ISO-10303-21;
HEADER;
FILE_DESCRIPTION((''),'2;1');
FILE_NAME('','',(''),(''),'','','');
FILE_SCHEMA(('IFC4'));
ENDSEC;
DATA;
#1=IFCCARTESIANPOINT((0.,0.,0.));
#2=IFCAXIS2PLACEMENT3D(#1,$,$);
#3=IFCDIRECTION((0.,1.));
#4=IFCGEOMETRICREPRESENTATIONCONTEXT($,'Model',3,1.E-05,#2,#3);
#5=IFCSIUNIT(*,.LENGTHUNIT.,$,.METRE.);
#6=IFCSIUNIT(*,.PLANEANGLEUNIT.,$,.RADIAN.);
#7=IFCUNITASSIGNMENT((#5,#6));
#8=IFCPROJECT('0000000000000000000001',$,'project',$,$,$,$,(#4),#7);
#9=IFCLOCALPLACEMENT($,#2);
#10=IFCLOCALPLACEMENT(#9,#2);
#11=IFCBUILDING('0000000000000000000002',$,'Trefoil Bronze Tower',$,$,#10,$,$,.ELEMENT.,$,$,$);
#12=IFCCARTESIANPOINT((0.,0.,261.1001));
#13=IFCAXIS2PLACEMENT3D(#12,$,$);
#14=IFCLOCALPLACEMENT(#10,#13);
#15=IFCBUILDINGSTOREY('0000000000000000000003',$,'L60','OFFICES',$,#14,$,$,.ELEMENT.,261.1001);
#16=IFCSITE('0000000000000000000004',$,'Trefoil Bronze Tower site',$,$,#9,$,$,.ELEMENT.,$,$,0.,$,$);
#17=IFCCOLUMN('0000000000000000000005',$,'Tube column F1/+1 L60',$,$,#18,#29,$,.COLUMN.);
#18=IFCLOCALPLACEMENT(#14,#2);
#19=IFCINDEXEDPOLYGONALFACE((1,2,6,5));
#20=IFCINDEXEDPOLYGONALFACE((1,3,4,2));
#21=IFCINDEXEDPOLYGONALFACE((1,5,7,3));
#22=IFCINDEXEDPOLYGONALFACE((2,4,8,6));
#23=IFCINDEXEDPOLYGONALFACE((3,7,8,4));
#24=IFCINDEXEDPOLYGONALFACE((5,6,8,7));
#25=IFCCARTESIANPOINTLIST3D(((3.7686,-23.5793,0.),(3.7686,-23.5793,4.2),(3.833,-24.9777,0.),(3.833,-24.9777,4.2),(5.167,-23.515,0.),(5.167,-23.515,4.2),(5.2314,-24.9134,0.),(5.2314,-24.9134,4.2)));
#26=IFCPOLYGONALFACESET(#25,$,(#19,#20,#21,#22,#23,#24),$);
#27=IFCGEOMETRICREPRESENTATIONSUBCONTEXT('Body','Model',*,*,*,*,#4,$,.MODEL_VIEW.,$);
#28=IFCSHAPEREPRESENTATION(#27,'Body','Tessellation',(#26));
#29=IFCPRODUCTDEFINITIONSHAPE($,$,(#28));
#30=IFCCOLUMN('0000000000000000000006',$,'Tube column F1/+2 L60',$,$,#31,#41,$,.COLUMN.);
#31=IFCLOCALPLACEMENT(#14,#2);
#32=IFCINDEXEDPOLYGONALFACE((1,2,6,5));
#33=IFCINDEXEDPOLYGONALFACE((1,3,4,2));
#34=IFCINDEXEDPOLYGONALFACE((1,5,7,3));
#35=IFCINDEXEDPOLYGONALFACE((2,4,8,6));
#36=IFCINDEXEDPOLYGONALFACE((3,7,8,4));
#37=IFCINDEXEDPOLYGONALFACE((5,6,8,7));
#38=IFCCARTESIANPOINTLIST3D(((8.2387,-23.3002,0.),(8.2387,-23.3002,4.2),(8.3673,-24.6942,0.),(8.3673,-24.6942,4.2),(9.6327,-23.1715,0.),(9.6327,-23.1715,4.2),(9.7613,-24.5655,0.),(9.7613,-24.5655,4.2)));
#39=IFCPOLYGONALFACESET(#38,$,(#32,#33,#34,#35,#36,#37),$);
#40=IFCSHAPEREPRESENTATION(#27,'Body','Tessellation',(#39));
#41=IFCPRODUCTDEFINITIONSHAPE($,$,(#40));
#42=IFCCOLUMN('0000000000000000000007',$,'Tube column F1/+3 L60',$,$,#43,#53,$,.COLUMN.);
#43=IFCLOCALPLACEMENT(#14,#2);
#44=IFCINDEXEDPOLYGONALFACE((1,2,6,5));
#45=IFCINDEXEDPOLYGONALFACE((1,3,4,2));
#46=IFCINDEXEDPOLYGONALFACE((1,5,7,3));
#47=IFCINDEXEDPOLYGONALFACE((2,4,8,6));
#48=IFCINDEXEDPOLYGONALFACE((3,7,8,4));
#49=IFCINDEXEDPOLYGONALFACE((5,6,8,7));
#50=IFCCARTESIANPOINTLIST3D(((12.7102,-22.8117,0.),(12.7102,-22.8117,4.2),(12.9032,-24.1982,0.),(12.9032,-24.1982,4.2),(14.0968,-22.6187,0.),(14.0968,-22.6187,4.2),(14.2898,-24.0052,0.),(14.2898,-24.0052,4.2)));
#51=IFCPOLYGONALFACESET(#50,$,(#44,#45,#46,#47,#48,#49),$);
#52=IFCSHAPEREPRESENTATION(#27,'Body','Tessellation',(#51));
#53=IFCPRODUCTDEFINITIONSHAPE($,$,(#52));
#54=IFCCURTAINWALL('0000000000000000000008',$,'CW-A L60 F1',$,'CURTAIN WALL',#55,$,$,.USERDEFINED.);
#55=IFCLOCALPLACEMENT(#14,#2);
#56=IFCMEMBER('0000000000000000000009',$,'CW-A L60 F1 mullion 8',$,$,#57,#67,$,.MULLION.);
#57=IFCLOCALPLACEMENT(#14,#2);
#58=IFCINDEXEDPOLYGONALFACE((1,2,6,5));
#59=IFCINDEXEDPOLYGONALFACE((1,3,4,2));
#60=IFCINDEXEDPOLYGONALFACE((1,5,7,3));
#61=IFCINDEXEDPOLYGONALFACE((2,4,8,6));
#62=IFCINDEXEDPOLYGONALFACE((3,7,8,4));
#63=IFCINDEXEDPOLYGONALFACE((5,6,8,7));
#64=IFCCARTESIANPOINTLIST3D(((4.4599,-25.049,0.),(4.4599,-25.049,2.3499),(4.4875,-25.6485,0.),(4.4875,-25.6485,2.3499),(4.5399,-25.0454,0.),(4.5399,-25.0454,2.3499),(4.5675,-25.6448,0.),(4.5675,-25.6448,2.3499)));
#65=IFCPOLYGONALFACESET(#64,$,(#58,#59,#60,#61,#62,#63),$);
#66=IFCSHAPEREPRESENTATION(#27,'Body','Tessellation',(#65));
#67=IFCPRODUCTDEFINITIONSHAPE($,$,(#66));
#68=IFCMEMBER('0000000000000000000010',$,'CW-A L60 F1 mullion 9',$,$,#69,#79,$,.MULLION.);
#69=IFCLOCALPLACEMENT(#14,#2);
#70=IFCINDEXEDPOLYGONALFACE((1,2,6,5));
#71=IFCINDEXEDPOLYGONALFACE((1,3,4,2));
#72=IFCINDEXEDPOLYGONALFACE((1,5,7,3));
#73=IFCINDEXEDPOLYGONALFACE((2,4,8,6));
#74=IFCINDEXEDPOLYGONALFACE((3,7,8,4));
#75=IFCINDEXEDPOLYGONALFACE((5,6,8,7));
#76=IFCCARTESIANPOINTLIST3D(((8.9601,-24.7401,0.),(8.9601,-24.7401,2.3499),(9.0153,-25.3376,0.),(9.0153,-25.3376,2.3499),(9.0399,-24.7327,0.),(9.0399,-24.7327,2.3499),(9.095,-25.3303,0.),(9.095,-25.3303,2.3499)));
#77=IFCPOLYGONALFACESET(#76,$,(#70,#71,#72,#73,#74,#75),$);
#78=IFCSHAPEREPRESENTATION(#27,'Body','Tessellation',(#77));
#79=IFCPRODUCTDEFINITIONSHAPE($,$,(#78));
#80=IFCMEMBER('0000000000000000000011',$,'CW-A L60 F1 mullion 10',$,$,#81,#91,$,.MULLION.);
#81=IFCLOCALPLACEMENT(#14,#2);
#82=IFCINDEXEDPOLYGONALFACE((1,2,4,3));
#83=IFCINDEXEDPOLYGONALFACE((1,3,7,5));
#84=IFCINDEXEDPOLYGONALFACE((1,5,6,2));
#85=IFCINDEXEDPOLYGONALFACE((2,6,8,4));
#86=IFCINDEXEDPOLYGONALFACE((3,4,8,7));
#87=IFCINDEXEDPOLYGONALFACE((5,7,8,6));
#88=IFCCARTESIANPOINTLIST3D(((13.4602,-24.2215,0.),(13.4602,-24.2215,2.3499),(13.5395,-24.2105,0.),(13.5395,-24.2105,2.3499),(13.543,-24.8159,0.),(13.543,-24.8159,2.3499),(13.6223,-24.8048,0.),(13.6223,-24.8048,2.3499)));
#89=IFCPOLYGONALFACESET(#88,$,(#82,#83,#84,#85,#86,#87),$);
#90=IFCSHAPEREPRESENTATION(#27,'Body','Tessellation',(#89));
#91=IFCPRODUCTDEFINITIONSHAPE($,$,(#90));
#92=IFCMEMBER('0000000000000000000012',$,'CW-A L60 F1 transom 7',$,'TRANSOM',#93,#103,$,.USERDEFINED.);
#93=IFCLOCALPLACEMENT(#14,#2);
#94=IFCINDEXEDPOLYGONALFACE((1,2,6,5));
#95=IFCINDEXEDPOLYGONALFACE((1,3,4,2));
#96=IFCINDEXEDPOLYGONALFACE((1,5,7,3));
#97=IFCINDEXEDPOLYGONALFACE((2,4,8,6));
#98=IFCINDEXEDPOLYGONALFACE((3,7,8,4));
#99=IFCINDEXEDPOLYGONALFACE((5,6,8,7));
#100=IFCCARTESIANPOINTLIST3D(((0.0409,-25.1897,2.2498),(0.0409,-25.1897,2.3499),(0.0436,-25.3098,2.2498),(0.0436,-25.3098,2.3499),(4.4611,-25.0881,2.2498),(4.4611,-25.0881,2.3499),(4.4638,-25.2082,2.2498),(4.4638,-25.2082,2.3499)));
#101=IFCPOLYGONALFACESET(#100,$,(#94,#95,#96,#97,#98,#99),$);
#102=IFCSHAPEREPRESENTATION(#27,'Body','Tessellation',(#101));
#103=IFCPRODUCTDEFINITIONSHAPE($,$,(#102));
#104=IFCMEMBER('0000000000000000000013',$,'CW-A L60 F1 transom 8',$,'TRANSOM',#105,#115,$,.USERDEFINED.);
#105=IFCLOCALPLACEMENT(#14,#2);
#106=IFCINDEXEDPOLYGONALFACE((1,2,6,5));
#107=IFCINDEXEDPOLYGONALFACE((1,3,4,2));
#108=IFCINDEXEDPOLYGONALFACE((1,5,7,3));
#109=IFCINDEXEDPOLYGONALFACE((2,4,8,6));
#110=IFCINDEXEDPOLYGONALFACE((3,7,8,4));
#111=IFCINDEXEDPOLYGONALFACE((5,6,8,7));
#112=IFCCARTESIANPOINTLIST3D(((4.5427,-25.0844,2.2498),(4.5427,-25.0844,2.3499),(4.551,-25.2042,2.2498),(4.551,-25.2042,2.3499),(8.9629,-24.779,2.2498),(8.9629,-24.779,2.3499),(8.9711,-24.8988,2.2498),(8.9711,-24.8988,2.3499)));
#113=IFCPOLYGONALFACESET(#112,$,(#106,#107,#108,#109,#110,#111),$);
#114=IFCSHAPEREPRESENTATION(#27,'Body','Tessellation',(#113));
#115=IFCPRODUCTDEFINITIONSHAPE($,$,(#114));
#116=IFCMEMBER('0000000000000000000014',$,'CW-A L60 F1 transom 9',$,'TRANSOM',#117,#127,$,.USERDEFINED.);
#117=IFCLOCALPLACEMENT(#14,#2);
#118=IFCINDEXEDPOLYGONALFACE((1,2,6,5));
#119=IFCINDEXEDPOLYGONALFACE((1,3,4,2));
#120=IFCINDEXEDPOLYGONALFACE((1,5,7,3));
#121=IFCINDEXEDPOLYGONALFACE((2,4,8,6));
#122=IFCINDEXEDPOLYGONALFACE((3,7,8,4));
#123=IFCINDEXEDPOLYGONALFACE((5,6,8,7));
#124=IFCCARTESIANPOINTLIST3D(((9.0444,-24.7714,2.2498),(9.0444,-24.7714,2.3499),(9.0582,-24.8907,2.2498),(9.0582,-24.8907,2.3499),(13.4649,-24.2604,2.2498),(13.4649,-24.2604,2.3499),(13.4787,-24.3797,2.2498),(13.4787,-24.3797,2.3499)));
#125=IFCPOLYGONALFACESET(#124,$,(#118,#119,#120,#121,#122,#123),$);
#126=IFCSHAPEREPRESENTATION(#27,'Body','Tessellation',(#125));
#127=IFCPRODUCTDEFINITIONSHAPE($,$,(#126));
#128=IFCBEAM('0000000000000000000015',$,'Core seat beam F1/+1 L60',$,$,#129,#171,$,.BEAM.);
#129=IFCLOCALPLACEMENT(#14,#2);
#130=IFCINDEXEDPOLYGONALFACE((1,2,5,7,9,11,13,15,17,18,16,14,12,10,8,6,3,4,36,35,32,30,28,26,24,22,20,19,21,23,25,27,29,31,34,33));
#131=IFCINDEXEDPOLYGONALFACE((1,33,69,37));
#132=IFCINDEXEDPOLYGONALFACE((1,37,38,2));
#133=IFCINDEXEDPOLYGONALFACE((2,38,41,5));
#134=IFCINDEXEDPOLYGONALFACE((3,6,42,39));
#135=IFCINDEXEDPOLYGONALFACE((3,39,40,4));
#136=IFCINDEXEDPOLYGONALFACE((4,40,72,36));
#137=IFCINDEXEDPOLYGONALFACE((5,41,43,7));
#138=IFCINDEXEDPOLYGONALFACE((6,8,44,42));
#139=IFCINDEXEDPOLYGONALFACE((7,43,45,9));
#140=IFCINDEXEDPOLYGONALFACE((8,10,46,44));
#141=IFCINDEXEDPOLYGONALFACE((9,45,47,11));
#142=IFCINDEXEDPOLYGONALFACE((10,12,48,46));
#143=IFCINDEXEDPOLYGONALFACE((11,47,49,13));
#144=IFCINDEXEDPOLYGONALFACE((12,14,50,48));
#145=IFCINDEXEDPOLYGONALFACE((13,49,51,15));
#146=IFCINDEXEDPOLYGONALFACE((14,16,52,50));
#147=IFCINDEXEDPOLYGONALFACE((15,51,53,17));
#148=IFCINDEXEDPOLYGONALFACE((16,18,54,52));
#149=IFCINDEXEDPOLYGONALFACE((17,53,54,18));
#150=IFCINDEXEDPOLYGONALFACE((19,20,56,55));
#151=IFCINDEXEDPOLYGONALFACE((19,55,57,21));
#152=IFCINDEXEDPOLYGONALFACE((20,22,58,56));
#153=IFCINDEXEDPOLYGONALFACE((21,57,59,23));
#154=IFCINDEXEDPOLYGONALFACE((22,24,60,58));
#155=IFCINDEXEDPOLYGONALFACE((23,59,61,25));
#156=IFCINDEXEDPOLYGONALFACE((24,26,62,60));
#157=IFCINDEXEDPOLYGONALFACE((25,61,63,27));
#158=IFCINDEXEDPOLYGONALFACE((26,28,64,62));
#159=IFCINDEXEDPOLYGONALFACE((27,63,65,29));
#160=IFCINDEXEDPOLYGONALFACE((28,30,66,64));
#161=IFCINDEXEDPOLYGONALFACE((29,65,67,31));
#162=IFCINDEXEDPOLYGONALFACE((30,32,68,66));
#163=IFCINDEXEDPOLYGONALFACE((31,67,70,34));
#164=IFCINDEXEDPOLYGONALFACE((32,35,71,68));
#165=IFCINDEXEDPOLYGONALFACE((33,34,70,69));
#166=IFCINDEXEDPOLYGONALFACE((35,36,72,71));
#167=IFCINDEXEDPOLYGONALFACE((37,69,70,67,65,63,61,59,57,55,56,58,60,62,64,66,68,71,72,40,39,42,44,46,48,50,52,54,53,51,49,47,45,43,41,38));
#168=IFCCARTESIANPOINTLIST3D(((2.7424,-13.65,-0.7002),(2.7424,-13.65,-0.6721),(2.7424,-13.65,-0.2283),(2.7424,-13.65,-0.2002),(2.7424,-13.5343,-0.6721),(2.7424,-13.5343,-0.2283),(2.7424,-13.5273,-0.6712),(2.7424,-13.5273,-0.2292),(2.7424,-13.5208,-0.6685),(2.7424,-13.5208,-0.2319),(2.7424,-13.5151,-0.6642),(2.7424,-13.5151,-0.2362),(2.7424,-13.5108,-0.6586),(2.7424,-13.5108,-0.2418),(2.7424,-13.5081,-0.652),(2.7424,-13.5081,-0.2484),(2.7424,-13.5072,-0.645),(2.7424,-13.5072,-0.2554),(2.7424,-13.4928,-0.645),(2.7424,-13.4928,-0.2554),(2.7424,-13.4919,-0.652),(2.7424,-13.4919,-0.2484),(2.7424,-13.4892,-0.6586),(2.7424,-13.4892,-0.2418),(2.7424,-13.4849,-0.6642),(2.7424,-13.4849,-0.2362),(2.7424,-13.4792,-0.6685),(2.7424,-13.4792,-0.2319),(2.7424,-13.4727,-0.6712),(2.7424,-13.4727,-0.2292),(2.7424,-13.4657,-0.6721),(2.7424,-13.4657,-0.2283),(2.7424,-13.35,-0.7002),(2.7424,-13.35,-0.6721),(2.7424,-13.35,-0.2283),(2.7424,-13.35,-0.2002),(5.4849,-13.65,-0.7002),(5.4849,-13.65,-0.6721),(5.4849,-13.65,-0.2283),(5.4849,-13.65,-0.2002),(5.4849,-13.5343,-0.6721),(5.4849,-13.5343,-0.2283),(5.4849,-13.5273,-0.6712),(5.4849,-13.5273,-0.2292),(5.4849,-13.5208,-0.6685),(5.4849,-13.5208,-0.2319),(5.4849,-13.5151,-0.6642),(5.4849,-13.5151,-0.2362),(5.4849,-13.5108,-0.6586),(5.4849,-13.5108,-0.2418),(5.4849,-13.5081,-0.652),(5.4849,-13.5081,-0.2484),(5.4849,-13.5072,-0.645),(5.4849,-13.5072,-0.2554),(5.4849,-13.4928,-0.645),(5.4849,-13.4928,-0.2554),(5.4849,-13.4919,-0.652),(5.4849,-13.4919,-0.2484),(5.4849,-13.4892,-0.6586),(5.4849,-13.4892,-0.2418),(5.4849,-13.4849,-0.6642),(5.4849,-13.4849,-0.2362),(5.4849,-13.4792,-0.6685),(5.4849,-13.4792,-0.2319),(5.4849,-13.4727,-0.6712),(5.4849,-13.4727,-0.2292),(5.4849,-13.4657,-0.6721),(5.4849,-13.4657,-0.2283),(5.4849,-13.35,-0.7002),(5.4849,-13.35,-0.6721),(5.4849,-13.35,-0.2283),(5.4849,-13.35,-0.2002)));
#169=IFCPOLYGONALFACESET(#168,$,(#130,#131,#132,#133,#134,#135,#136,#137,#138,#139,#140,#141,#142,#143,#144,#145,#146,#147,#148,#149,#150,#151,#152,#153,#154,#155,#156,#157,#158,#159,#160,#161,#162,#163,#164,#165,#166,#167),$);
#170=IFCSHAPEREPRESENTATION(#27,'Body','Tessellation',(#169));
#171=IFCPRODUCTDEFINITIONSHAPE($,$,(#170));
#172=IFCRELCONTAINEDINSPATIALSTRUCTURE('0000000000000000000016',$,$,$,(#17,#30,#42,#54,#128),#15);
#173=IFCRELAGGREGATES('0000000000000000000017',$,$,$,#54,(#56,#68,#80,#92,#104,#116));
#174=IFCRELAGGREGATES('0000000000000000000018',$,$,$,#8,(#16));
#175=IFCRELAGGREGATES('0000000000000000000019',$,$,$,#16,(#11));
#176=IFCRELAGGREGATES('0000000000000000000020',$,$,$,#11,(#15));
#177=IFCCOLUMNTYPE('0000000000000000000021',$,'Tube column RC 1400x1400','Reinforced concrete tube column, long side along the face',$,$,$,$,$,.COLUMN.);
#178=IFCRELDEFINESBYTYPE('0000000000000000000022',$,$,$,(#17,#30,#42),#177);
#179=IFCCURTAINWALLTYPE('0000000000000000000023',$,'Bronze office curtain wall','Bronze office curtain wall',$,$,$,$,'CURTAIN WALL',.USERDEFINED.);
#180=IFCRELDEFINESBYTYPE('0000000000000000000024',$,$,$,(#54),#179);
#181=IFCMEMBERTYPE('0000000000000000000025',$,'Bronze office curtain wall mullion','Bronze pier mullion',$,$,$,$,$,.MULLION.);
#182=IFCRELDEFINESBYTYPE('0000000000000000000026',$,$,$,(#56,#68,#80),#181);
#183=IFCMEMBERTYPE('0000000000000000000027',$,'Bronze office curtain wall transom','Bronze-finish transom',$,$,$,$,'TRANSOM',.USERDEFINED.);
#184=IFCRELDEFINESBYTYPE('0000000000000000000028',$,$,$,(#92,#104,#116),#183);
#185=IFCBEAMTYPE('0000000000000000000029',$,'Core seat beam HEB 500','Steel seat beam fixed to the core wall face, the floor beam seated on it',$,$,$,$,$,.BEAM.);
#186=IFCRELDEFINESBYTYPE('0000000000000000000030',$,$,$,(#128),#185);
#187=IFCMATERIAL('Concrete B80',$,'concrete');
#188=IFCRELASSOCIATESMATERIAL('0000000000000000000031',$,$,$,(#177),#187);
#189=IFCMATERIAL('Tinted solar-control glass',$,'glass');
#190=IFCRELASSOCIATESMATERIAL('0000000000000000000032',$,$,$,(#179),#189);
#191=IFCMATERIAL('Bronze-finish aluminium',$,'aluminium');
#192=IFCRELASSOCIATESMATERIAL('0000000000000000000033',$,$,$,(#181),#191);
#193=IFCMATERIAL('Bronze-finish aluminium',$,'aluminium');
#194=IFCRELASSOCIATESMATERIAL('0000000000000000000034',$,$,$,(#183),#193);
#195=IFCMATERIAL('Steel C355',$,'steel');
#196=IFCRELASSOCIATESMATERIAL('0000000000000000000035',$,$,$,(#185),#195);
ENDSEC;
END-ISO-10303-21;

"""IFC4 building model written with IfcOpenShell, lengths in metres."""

from ifc_helpers import new_model, si_unit, direction, frame, origin, origin_2d, place, context, subcontext, project, spatial, rectangle, i_section, extrude, material, material_profile, profile_set, type_object, element, aggregate, save


model = new_model("IFC4")

# Units and contexts
model_context = context("Model", 3, precision=1e-05, world=origin(), true_north=direction((0.0, 1.0)))
body_context = subcontext(model_context, "Body", "Model", "MODEL_VIEW")
ifc_project = project(units=[si_unit("LENGTHUNIT", "METRE"), si_unit("PLANEANGLEUNIT", "RADIAN")], contexts=[model_context])

# Site, building, storey
site_placement = place(None, origin())
site = spatial("IfcSite", under=ifc_project, at=site_placement, Name="Trefoil Bronze Tower site", CompositionType="ELEMENT", RefElevation=0.0)
building_placement = place(site_placement, origin())
building = spatial("IfcBuilding", under=site, at=building_placement, Name="Trefoil Bronze Tower", CompositionType="ELEMENT")
storey_placement = place(building_placement, frame((0.0, 0.0, 261.1001)))
storey = spatial("IfcBuildingStorey", under=building, at=storey_placement, Name="L60", Description="OFFICES", CompositionType="ELEMENT", Elevation=261.1001)

# Columns
ifc_material_1 = material(Name="Concrete B80", Category="concrete")
ifc_material_profile_1 = material_profile(ifc_material_1, rectangle(XDim=1.3999, YDim=1.3999, at=origin_2d()), Name="RC 1400x1400")
ifc_profile_set_1 = profile_set([ifc_material_profile_1], Name="Concrete B80")
column_type = type_object("IfcColumnType", Name="Tube column RC 1400x1400", Description="Reinforced concrete tube column, long side along the face", PredefinedType="COLUMN", material=ifc_profile_set_1)
for number, where, z_axis, x_axis, name in (
    (1, (4.5, -24.2463, 0.0), (0.0, 0.0, 1.0), (0.998943, 0.045956, 0.0), "Tube column F1/+1 L60"),
    (2, (9.0, -23.9329, 0.0), (0.0, 0.0, 1.0), (0.995767, 0.091911, 0.0), "Tube column F1/+2 L60"),
    (3, (13.5, -23.4084, 0.0), (0.0, 0.0, 1.0), (0.990451, 0.137868, 0.0), "Tube column F1/+3 L60"),
):
    element("IfcColumn", number, at=place(storey_placement, frame(where, z_axis=z_axis, x_axis=x_axis)), inside=storey, type_object=column_type, Name=name, PredefinedType="COLUMN", context=body_context, shape_type="SweptSolid", body=[
        extrude(rectangle(XDim=1.3999, YDim=1.3999, at=origin_2d()), origin(), (0.0, 0.0, 1.0), 4.2),
    ])

# Curtain wall, members
ifc_material_2 = material(Name="Tinted solar-control glass", Category="glass")
curtain_wall_type = type_object("IfcCurtainWallType", Name="Bronze office curtain wall", Description="Bronze office curtain wall", ElementType="CURTAIN WALL", PredefinedType="USERDEFINED", material=ifc_material_2)
curtain_wall_placement = place(storey_placement, origin())
curtain_wall = element("IfcCurtainWall", 4, at=curtain_wall_placement, inside=storey, type_object=curtain_wall_type, Name="CW-A L60 F1", ObjectType="CURTAIN WALL", PredefinedType="USERDEFINED")
ifc_material_3 = material(Name="Bronze-finish aluminium", Category="aluminium")
ifc_material_profile_2 = material_profile(ifc_material_3, rectangle(XDim=0.6001, YDim=0.0801, at=origin_2d()), Name="CW-A mullion")
ifc_profile_set_2 = profile_set([ifc_material_profile_2], Name="Bronze-finish aluminium")
member_type_1 = type_object("IfcMemberType", Name="Bronze office curtain wall mullion", Description="Bronze pier mullion", PredefinedType="MULLION", material=ifc_profile_set_2)
member_1_placement = place(storey_placement, frame((4.5137, -25.3469, 0.0), z_axis=(0.0, 0.0, 1.0), x_axis=(-0.045956, 0.998943, 0.0)))
member_1 = element("IfcMember", 5, at=member_1_placement, type_object=member_type_1, Name="CW-A L60 F1 mullion 8", PredefinedType="MULLION", context=body_context, shape_type="SweptSolid", body=[
    extrude(rectangle(XDim=0.6001, YDim=0.0801, at=origin_2d()), origin(), (0.0, 0.0, 1.0), 2.3499),
])
member_2_placement = place(storey_placement, frame((9.0276, -25.0352, 0.0), z_axis=(0.0, 0.0, 1.0), x_axis=(-0.091911, 0.995767, 0.0)))
member_2 = element("IfcMember", 6, at=member_2_placement, type_object=member_type_1, Name="CW-A L60 F1 mullion 9", PredefinedType="MULLION", context=body_context, shape_type="SweptSolid", body=[
    extrude(rectangle(XDim=0.6001, YDim=0.0801, at=origin_2d()), origin(), (0.0, 0.0, 1.0), 2.3499),
])
member_3_placement = place(storey_placement, frame((13.5413, -24.5132, 0.0), z_axis=(0.0, 0.0, 1.0), x_axis=(-0.137868, 0.990451, 0.0)))
member_3 = element("IfcMember", 7, at=member_3_placement, type_object=member_type_1, Name="CW-A L60 F1 mullion 10", PredefinedType="MULLION", context=body_context, shape_type="SweptSolid", body=[
    extrude(rectangle(XDim=0.6001, YDim=0.0801, at=origin_2d()), origin(), (0.0, 0.0, 1.0), 2.3499),
])
ifc_material_4 = material(Name="Bronze-finish aluminium", Category="aluminium")
ifc_material_profile_3 = material_profile(ifc_material_4, rectangle(XDim=0.1201, YDim=0.1001, at=origin_2d()), Name="CW-A transom")
ifc_profile_set_3 = profile_set([ifc_material_profile_3], Name="Bronze-finish aluminium")
member_type_2 = type_object("IfcMemberType", Name="Bronze office curtain wall transom", Description="Bronze-finish transom", ElementType="TRANSOM", PredefinedType="USERDEFINED", material=ifc_profile_set_3)
member_4_placement = place(storey_placement, frame((0.0422, -25.2498, 2.2998), z_axis=(0.999736, 0.022971, 0.0), x_axis=(-0.022971, 0.999736, 0.0)))
member_4 = element("IfcMember", 8, at=member_4_placement, type_object=member_type_2, Name="CW-A L60 F1 transom 7", ObjectType="TRANSOM", PredefinedType="USERDEFINED", context=body_context, shape_type="SweptSolid", body=[
    extrude(rectangle(XDim=0.1201, YDim=0.1001, at=origin_2d()), origin(), (0.0, 0.0, 1.0), 4.4214),
])
member_5_placement = place(storey_placement, frame((4.5469, -25.1443, 2.2998), z_axis=(0.997621, 0.068933, 0.0), x_axis=(-0.068933, 0.997621, 0.0)))
member_5 = element("IfcMember", 9, at=member_5_placement, type_object=member_type_2, Name="CW-A L60 F1 transom 8", ObjectType="TRANSOM", PredefinedType="USERDEFINED", context=body_context, shape_type="SweptSolid", body=[
    extrude(rectangle(XDim=0.1201, YDim=0.1001, at=origin_2d()), origin(), (0.0, 0.0, 1.0), 4.4307),
])
member_6_placement = place(storey_placement, frame((9.0513, -24.8311, 2.2998), z_axis=(0.993385, 0.114832, 0.0), x_axis=(-0.114832, 0.993385, 0.0)))
member_6 = element("IfcMember", 10, at=member_6_placement, type_object=member_type_2, Name="CW-A L60 F1 transom 9", ObjectType="TRANSOM", PredefinedType="USERDEFINED", context=body_context, shape_type="SweptSolid", body=[
    extrude(rectangle(XDim=0.1201, YDim=0.1001, at=origin_2d()), origin(), (0.0, 0.0, 1.0), 4.45),
])

# Beam
ifc_material_5 = material(Name="Steel C355", Category="steel")
ifc_material_profile_4 = material_profile(ifc_material_5, i_section(OverallWidth=0.3, OverallDepth=0.5, WebThickness=0.0144, FlangeThickness=0.0281, FilletRadius=0.0271, at=origin_2d()), Name="HEB 500")
ifc_profile_set_4 = profile_set([ifc_material_profile_4], Name="Steel C355")
beam_type_1 = type_object("IfcBeamType", Name="Core seat beam HEB 500", Description="Steel seat beam fixed to the core wall face, the floor beam seated on it", PredefinedType="BEAM", material=ifc_profile_set_4)
for number, where, z_axis, x_axis, name in (
    (11, (2.7424, -13.5, -0.4502), (1.0, 0.0, 0.0), (0.0, 1.0, 0.0), "Core seat beam F1/+1 L60"),
):
    element("IfcBeam", number, at=place(storey_placement, frame(where, z_axis=z_axis, x_axis=x_axis)), inside=storey, type_object=beam_type_1, Name=name, PredefinedType="BEAM", context=body_context, shape_type="SweptSolid", body=[
        extrude(i_section(OverallWidth=0.3, OverallDepth=0.5, WebThickness=0.0144, FlangeThickness=0.0281, FilletRadius=0.0271, at=origin_2d()), origin(), (0.0, 0.0, 1.0), 2.7424),
    ])

aggregate(curtain_wall, [member_1, member_2, member_3, member_4, member_5, member_6])

save(model, "model.ifc")
